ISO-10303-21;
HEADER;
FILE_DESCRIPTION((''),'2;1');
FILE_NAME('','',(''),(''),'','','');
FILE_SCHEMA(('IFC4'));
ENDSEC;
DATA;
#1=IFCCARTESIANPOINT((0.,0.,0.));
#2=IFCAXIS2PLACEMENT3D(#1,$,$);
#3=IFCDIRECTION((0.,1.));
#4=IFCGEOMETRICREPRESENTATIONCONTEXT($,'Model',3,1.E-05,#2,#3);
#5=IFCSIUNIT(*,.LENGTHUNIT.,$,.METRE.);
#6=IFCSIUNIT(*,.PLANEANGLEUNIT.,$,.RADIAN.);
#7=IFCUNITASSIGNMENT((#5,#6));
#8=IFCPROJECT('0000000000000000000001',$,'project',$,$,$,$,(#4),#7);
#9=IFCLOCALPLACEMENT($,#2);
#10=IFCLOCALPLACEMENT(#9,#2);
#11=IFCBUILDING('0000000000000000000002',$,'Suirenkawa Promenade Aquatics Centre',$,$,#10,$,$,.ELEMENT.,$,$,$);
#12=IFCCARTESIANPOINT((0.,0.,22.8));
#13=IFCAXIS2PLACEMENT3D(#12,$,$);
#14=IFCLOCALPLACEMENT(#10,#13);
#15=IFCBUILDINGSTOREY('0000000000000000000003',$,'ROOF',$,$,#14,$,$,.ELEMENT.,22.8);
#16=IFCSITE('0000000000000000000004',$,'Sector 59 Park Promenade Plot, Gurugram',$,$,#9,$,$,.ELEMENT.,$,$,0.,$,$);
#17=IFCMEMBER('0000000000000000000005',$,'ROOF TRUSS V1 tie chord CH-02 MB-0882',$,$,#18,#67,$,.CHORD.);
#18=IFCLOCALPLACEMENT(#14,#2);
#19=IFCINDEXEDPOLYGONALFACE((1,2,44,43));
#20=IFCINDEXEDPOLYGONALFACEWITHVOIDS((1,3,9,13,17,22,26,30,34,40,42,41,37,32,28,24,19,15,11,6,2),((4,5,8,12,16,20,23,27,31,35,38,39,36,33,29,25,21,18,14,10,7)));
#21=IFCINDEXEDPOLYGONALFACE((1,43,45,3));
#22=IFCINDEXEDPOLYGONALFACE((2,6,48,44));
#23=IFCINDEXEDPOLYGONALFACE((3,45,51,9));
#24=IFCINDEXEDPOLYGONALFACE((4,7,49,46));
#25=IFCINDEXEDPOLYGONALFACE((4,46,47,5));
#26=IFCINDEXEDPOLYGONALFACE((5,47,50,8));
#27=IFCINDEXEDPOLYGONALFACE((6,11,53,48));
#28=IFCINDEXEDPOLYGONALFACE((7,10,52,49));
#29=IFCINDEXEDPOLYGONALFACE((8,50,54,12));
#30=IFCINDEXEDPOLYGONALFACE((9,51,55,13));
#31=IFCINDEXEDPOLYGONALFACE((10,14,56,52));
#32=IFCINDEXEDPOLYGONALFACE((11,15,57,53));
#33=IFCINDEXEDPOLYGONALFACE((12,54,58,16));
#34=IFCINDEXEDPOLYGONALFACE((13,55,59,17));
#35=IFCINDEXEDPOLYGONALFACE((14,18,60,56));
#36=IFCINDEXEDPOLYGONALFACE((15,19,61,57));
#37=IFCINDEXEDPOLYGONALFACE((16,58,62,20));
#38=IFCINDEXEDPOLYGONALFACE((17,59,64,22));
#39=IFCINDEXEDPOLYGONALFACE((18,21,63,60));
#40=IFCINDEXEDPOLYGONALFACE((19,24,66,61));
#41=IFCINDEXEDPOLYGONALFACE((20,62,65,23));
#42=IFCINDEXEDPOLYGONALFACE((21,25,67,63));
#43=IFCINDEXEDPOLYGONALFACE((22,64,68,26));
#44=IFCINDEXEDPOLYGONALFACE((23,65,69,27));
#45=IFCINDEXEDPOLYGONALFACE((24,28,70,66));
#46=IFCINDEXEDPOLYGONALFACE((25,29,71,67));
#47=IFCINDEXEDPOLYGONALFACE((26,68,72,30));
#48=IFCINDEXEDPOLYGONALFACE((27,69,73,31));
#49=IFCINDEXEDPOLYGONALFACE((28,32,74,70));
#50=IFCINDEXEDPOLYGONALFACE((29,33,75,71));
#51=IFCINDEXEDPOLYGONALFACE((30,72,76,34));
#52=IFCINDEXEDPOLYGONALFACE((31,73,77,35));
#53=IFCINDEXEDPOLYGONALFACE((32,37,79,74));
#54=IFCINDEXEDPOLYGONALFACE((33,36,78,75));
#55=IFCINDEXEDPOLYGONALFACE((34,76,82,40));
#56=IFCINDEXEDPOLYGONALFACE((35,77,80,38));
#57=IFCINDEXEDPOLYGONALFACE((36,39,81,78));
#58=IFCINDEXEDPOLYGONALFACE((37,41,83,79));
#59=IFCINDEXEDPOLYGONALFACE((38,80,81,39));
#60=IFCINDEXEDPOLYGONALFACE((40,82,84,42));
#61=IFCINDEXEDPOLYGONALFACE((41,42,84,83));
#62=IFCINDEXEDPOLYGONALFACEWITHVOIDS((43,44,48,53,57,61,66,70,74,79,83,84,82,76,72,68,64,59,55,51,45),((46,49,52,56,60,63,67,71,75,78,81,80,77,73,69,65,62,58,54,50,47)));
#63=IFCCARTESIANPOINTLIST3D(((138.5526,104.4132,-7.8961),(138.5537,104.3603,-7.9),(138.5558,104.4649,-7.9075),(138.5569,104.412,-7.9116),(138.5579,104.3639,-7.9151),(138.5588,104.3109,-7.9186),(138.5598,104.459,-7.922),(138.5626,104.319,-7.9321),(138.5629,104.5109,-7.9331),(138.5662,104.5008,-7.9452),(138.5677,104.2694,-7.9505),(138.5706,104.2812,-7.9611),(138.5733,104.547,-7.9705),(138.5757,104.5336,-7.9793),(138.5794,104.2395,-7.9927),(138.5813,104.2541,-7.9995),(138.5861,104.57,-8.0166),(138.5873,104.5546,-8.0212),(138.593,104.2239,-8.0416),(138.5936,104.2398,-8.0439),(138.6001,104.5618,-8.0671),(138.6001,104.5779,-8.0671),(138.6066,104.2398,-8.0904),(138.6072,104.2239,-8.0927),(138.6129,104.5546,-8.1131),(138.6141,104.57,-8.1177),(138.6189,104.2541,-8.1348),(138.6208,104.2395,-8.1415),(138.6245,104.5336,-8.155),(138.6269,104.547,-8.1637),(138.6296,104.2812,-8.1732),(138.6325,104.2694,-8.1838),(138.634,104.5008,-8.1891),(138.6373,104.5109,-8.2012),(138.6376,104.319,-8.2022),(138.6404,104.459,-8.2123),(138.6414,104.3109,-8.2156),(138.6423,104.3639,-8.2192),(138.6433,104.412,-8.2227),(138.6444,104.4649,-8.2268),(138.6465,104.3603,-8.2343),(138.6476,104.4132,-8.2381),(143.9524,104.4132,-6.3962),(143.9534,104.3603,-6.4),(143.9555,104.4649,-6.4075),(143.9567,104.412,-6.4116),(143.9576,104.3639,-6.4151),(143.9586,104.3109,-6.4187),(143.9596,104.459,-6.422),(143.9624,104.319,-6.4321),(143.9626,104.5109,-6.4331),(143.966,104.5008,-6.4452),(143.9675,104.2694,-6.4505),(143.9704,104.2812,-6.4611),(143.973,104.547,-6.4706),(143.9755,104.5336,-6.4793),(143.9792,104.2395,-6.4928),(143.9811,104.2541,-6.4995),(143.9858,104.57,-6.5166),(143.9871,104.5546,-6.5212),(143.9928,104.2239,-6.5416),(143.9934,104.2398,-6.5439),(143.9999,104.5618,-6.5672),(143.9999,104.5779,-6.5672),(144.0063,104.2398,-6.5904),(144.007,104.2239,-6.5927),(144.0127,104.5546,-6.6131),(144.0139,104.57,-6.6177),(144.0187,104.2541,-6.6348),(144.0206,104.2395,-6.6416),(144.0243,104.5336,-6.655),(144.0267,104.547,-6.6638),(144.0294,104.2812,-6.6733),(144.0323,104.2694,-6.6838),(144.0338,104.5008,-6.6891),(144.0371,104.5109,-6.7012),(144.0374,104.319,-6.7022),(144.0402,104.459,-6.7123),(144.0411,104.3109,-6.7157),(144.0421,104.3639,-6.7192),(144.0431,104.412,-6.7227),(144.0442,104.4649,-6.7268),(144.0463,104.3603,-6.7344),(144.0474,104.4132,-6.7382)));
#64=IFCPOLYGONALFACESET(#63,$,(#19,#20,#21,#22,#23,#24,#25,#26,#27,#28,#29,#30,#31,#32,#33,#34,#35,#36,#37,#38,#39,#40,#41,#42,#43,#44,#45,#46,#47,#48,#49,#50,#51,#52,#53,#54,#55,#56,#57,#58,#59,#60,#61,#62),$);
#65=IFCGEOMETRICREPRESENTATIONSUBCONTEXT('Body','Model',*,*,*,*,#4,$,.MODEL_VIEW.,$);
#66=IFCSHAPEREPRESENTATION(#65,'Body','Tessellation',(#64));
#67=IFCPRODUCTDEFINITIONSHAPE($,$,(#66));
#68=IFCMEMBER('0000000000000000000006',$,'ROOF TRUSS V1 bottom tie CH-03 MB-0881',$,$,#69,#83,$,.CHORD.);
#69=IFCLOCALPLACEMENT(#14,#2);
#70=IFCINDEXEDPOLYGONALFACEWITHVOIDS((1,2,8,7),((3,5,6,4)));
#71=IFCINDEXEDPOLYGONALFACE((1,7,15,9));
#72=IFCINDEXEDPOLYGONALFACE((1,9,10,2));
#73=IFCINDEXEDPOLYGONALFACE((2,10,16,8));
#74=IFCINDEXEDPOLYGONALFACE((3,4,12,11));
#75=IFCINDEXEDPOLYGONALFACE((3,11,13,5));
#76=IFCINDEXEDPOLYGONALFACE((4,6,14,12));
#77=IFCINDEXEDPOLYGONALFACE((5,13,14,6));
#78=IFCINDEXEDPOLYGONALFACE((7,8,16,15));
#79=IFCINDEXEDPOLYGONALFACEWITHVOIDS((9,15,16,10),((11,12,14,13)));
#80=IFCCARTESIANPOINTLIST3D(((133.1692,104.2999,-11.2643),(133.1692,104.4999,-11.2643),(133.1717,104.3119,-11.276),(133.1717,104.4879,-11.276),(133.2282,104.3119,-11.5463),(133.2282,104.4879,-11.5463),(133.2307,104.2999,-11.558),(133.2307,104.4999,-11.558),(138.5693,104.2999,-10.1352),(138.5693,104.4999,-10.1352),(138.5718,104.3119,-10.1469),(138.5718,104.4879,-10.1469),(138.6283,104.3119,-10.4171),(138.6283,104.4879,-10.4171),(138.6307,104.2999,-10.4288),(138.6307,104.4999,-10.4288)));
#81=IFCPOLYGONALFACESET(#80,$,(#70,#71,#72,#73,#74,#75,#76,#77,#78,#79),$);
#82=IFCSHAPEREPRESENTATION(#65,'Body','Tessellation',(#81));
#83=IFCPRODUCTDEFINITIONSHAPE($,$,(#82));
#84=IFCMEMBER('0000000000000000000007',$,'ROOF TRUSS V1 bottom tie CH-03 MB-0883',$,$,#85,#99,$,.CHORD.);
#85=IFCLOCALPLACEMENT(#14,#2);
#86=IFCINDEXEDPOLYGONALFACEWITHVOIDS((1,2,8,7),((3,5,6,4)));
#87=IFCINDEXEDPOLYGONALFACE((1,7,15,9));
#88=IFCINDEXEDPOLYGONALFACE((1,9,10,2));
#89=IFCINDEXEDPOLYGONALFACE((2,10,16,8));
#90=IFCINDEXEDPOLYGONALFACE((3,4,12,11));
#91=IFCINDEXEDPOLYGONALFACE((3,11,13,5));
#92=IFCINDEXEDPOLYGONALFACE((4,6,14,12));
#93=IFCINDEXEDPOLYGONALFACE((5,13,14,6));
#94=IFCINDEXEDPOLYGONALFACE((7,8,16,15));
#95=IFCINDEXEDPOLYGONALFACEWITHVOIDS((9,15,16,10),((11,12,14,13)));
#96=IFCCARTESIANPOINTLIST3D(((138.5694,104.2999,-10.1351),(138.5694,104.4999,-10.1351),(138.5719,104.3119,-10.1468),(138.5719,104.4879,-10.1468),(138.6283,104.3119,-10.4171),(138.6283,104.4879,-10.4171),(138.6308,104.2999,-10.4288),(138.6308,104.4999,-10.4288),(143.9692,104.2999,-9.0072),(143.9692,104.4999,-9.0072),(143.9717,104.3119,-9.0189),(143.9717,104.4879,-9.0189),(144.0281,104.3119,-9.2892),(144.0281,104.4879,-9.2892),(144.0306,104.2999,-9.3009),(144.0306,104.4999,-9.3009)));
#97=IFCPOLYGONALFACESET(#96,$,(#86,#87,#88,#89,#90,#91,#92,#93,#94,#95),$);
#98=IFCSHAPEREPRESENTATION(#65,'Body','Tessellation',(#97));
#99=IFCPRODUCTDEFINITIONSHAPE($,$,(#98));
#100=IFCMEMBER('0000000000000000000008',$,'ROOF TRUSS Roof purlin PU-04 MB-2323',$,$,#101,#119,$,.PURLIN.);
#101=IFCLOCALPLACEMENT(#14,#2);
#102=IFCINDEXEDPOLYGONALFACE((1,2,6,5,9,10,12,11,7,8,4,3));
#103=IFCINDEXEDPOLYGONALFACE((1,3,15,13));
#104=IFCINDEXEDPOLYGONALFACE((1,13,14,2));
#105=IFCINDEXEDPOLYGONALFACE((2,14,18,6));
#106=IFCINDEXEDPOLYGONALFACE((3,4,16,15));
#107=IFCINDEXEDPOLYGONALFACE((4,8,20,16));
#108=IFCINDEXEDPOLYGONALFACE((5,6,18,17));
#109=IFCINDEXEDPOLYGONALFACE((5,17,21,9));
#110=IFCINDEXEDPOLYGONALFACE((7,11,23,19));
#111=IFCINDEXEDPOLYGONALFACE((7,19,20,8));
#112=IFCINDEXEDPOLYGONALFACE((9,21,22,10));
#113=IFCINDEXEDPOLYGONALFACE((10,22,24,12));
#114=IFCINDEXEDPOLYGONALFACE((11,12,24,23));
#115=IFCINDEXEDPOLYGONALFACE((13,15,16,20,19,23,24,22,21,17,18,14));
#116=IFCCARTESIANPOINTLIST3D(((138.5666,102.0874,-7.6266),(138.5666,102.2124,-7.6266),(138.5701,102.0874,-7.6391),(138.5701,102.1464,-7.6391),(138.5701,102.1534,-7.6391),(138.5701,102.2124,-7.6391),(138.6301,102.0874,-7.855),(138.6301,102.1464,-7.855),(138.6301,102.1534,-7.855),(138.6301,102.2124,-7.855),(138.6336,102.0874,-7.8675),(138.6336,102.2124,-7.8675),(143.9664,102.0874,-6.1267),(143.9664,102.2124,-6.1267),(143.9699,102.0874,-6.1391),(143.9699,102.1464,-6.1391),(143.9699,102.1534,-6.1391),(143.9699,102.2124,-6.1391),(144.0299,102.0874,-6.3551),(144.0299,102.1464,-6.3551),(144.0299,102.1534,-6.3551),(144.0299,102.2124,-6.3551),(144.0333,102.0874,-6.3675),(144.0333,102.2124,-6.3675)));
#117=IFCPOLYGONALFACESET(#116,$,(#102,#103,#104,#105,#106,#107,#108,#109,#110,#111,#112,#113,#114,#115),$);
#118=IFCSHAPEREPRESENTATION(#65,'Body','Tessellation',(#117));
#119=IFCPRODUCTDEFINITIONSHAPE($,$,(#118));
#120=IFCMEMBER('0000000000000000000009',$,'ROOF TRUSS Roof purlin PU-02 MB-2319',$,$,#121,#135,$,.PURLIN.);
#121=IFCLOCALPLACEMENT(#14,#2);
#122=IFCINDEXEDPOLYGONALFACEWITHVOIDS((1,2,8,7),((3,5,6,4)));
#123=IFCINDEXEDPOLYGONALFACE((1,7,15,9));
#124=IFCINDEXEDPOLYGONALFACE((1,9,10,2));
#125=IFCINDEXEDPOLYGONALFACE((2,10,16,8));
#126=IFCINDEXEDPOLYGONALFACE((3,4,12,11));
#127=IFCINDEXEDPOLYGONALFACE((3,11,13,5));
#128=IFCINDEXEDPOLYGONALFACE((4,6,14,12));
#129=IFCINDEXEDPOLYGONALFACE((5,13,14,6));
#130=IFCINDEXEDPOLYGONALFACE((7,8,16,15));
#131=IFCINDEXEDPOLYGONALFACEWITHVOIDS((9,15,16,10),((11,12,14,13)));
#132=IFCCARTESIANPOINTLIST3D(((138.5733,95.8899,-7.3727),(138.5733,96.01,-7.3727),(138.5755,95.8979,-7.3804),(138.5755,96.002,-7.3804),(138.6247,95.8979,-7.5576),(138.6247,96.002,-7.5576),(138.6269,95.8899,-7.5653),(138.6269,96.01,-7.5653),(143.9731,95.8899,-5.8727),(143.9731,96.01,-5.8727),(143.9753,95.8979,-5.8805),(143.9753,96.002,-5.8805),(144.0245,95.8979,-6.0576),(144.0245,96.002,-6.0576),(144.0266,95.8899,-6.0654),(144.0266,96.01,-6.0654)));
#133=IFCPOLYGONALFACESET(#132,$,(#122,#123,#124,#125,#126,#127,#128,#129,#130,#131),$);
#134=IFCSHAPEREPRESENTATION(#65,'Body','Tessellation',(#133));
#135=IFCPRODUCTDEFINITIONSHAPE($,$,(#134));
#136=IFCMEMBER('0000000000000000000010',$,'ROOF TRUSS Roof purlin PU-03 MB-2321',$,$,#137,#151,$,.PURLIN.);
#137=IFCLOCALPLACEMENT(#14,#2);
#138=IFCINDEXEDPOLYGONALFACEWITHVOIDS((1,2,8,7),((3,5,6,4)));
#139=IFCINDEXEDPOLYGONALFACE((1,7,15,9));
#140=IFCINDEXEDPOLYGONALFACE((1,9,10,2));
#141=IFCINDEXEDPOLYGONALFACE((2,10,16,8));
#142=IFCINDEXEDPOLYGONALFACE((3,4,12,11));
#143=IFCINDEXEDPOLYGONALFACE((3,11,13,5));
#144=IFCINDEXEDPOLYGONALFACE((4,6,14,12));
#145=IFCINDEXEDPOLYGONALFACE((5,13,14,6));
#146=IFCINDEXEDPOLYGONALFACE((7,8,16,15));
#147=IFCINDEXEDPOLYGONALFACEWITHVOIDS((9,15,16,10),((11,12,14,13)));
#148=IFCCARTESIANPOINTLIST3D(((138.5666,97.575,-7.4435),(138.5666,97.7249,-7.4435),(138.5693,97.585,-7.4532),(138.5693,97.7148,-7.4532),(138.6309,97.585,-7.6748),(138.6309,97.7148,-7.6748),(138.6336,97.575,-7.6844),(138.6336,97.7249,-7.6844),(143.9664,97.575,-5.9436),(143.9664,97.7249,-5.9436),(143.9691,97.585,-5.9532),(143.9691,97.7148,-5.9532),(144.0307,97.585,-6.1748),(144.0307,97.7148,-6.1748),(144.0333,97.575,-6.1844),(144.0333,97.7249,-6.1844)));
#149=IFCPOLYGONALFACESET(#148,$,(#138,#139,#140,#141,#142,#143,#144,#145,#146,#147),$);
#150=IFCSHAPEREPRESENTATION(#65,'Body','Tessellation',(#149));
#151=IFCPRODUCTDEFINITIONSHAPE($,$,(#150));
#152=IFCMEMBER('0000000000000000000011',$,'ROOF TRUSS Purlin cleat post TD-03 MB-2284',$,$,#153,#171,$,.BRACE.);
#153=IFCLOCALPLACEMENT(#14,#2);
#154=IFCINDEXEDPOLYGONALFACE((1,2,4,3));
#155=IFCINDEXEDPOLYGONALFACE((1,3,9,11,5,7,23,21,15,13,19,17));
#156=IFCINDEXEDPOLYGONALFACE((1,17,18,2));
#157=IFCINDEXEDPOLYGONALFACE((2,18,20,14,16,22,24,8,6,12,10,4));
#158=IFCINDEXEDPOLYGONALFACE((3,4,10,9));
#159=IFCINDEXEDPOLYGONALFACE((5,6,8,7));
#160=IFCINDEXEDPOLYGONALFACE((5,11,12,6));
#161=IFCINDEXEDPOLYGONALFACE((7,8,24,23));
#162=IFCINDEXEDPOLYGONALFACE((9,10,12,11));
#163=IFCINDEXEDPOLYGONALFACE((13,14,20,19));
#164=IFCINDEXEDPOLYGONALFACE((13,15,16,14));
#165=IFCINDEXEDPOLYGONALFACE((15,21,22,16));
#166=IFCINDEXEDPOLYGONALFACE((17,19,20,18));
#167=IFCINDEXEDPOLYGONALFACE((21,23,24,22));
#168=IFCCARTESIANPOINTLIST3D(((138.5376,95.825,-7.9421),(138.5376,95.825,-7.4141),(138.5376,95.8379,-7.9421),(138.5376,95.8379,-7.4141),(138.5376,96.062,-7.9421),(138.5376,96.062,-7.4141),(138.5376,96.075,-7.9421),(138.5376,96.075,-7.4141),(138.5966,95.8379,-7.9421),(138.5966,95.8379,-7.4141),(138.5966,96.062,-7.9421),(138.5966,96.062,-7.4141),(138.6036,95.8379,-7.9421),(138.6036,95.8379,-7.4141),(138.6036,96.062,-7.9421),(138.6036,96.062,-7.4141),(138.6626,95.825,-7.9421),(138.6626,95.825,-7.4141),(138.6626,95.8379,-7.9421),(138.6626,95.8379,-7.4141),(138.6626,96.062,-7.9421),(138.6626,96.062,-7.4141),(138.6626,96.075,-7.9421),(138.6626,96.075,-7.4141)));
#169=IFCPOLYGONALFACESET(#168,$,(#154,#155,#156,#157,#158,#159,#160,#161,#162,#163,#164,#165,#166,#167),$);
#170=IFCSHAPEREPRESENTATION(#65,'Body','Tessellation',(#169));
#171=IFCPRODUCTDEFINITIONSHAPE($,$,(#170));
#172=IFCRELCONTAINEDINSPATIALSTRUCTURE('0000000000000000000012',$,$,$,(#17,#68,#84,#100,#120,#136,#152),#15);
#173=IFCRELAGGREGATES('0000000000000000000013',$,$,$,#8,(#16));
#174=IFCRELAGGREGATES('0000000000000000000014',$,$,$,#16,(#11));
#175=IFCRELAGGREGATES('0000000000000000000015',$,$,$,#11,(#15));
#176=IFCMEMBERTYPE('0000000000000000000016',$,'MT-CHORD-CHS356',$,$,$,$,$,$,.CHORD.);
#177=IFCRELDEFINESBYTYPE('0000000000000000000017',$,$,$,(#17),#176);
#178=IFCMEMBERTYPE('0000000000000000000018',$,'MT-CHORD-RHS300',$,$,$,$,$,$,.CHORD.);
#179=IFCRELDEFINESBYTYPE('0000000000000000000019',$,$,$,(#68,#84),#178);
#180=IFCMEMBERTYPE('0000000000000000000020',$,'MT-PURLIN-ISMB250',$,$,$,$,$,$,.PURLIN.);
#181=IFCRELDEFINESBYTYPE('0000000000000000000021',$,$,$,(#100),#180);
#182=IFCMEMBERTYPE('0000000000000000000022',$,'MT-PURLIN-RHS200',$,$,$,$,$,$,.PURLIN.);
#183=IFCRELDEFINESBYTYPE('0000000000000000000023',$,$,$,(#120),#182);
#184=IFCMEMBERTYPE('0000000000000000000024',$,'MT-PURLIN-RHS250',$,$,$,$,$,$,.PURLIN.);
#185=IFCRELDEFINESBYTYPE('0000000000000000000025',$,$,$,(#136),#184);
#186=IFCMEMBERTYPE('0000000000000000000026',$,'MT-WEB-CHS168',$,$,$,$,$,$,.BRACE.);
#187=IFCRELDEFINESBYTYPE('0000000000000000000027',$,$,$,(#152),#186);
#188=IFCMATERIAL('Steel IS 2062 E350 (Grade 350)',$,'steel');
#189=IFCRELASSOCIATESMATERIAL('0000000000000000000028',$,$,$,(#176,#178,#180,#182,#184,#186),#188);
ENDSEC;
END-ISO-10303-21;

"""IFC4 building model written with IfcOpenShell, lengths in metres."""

from ifc_helpers import new_model, si_unit, direction, frame, origin, origin_2d, place, context, subcontext, project, spatial, hollow_rectangle, hollow_circle, i_section, extrude, material, material_profile, profile_set, type_object, element, save


model = new_model("IFC4")

# Units and contexts
model_context = context("Model", 3, precision=1e-05, world=origin(), true_north=direction((0.0, 1.0)))
body_context = subcontext(model_context, "Body", "Model", "MODEL_VIEW")
ifc_project = project(units=[si_unit("LENGTHUNIT", "METRE"), si_unit("PLANEANGLEUNIT", "RADIAN")], contexts=[model_context])

# Site, building, storey
site_placement = place(None, origin())
site = spatial("IfcSite", under=ifc_project, at=site_placement, Name="Sector 59 Park Promenade Plot, Gurugram", CompositionType="ELEMENT", RefElevation=0.0)
building_placement = place(site_placement, origin())
building = spatial("IfcBuilding", under=site, at=building_placement, Name="Suirenkawa Promenade Aquatics Centre", CompositionType="ELEMENT")
storey_placement = place(building_placement, frame((0.0, 0.0, 22.8)))
storey = spatial("IfcBuildingStorey", under=building, at=storey_placement, Name="ROOF", CompositionType="ELEMENT", Elevation=22.8)

# Shared definitions
ifc_material_1 = material(Name="Steel IS 2062 E350 (Grade 350)", Category="steel")

# Members
ifc_material_profile_1 = material_profile(ifc_material_1, hollow_circle(Radius=0.178, WallThickness=0.0161, at=origin_2d()), Name="CHS 356x16", Category="steel")
ifc_profile_set_1 = profile_set([ifc_material_profile_1], Name="Steel IS 2062 E350 (Grade 350)")
member_type_1 = type_object("IfcMemberType", Name="MT-CHORD-CHS356", PredefinedType="CHORD", material=ifc_profile_set_1)
member_1_placement = place(storey_placement, frame((138.6001, 104.3999, -8.0671), z_axis=(0.963517, 0.0, 0.267648), x_axis=(0.0, 1.0, 0.0)))
element("IfcMember", 1, at=member_1_placement, inside=storey, type_object=member_type_1, Name="ROOF TRUSS V1 tie chord CH-02 MB-0882", PredefinedType="CHORD", context=body_context, shape_type="SweptSolid", body=[
    extrude(hollow_circle(Radius=0.178, WallThickness=0.0161, at=origin_2d()), origin(), (0.0, 0.0, 1.0), 5.6042),
])
ifc_material_profile_2 = material_profile(ifc_material_1, hollow_rectangle(XDim=0.2, YDim=0.3, WallThickness=0.012, at=origin_2d()), Name="RHS 300x200x12", Category="steel")
ifc_profile_set_2 = profile_set([ifc_material_profile_2], Name="Steel IS 2062 E350 (Grade 350)")
member_type_2 = type_object("IfcMemberType", Name="MT-CHORD-RHS300", PredefinedType="CHORD", material=ifc_profile_set_2)
member_2_placement = place(storey_placement, frame((133.2, 104.3999, -11.4111), z_axis=(0.978831, 0.0, 0.20467), x_axis=(0.0, 1.0, 0.0)))
element("IfcMember", 2, at=member_2_placement, inside=storey, type_object=member_type_2, Name="ROOF TRUSS V1 bottom tie CH-03 MB-0881", PredefinedType="CHORD", context=body_context, shape_type="SweptSolid", body=[
    extrude(hollow_rectangle(XDim=0.2, YDim=0.3, WallThickness=0.012, at=origin_2d()), origin(), (0.0, 0.0, 1.0), 5.5168),
])
member_3_placement = place(storey_placement, frame((138.6001, 104.3999, -10.282), z_axis=(0.978874, 0.0, 0.204467), x_axis=(0.0, 1.0, 0.0)))
element("IfcMember", 3, at=member_3_placement, inside=storey, type_object=member_type_2, Name="ROOF TRUSS V1 bottom tie CH-03 MB-0883", PredefinedType="CHORD", context=body_context, shape_type="SweptSolid", body=[
    extrude(hollow_rectangle(XDim=0.2, YDim=0.3, WallThickness=0.012, at=origin_2d()), origin(), (0.0, 0.0, 1.0), 5.5164),
])
ifc_material_profile_3 = material_profile(ifc_material_1, i_section(OverallWidth=0.125, OverallDepth=0.25, WebThickness=0.0071, FlangeThickness=0.0129, at=origin_2d()), Name="ISMB 250", Category="steel")
ifc_profile_set_3 = profile_set([ifc_material_profile_3], Name="Steel IS 2062 E350 (Grade 350)")
member_type_3 = type_object("IfcMemberType", Name="MT-PURLIN-ISMB250", PredefinedType="PURLIN", material=ifc_profile_set_3)
member_4_placement = place(storey_placement, frame((138.6001, 102.1499, -7.7471), z_axis=(0.963517, 0.0, 0.267648), x_axis=(0.0, 1.0, 0.0)))
element("IfcMember", 4, at=member_4_placement, inside=storey, type_object=member_type_3, Name="ROOF TRUSS Roof purlin PU-04 MB-2323", PredefinedType="PURLIN", context=body_context, shape_type="SweptSolid", body=[
    extrude(i_section(OverallWidth=0.125, OverallDepth=0.25, WebThickness=0.0071, FlangeThickness=0.0129, at=origin_2d()), origin(), (0.0, 0.0, 1.0), 5.6042),
])
ifc_material_profile_4 = material_profile(ifc_material_1, hollow_rectangle(XDim=0.1201, YDim=0.2, WallThickness=0.0081, at=origin_2d()), Name="RHS 200x120x8", Category="steel")
ifc_profile_set_4 = profile_set([ifc_material_profile_4], Name="Steel IS 2062 E350 (Grade 350)")
member_type_4 = type_object("IfcMemberType", Name="MT-PURLIN-RHS200", PredefinedType="PURLIN", material=ifc_profile_set_4)
member_5_placement = place(storey_placement, frame((138.6001, 95.95, -7.469), z_axis=(0.963517, 0.0, 0.267648), x_axis=(0.0, 1.0, 0.0)))
element("IfcMember", 5, at=member_5_placement, inside=storey, type_object=member_type_4, Name="ROOF TRUSS Roof purlin PU-02 MB-2319", PredefinedType="PURLIN", context=body_context, shape_type="SweptSolid", body=[
    extrude(hollow_rectangle(XDim=0.1201, YDim=0.2, WallThickness=0.0081, at=origin_2d()), origin(), (0.0, 0.0, 1.0), 5.6042),
])
ifc_material_profile_5 = material_profile(ifc_material_1, hollow_rectangle(XDim=0.1499, YDim=0.25, WallThickness=0.01, at=origin_2d()), Name="RHS 250x150x10", Category="steel")
ifc_profile_set_5 = profile_set([ifc_material_profile_5], Name="Steel IS 2062 E350 (Grade 350)")
member_type_5 = type_object("IfcMemberType", Name="MT-PURLIN-RHS250", PredefinedType="PURLIN", material=ifc_profile_set_5)
member_6_placement = place(storey_placement, frame((138.6001, 97.6499, -7.564), z_axis=(0.963517, 0.0, 0.267648), x_axis=(0.0, 1.0, 0.0)))
element("IfcMember", 6, at=member_6_placement, inside=storey, type_object=member_type_5, Name="ROOF TRUSS Roof purlin PU-03 MB-2321", PredefinedType="PURLIN", context=body_context, shape_type="SweptSolid", body=[
    extrude(hollow_rectangle(XDim=0.1499, YDim=0.25, WallThickness=0.01, at=origin_2d()), origin(), (0.0, 0.0, 1.0), 5.6042),
])
ifc_material_profile_6 = material_profile(ifc_material_1, i_section(OverallWidth=0.125, OverallDepth=0.25, WebThickness=0.0071, FlangeThickness=0.0129, at=origin_2d()), Name="ISMB 250", Category="steel")
ifc_profile_set_6 = profile_set([ifc_material_profile_6], Name="Steel IS 2062 E350 (Grade 350)")
member_type_6 = type_object("IfcMemberType", Name="MT-WEB-CHS168", PredefinedType="BRACE", material=ifc_profile_set_6)
member_7_placement = place(storey_placement, frame((138.6001, 95.95, -7.9421), z_axis=(0.0, 0.0, 1.0), x_axis=(1.0, 0.0, 0.0)))
element("IfcMember", 7, at=member_7_placement, inside=storey, type_object=member_type_6, Name="ROOF TRUSS Purlin cleat post TD-03 MB-2284", PredefinedType="BRACE", context=body_context, shape_type="SweptSolid", body=[
    extrude(i_section(OverallWidth=0.125, OverallDepth=0.25, WebThickness=0.0071, FlangeThickness=0.0129, at=origin_2d()), origin(), (0.0, 0.0, 1.0), 0.5281),
])

save(model, "model.ifc")
